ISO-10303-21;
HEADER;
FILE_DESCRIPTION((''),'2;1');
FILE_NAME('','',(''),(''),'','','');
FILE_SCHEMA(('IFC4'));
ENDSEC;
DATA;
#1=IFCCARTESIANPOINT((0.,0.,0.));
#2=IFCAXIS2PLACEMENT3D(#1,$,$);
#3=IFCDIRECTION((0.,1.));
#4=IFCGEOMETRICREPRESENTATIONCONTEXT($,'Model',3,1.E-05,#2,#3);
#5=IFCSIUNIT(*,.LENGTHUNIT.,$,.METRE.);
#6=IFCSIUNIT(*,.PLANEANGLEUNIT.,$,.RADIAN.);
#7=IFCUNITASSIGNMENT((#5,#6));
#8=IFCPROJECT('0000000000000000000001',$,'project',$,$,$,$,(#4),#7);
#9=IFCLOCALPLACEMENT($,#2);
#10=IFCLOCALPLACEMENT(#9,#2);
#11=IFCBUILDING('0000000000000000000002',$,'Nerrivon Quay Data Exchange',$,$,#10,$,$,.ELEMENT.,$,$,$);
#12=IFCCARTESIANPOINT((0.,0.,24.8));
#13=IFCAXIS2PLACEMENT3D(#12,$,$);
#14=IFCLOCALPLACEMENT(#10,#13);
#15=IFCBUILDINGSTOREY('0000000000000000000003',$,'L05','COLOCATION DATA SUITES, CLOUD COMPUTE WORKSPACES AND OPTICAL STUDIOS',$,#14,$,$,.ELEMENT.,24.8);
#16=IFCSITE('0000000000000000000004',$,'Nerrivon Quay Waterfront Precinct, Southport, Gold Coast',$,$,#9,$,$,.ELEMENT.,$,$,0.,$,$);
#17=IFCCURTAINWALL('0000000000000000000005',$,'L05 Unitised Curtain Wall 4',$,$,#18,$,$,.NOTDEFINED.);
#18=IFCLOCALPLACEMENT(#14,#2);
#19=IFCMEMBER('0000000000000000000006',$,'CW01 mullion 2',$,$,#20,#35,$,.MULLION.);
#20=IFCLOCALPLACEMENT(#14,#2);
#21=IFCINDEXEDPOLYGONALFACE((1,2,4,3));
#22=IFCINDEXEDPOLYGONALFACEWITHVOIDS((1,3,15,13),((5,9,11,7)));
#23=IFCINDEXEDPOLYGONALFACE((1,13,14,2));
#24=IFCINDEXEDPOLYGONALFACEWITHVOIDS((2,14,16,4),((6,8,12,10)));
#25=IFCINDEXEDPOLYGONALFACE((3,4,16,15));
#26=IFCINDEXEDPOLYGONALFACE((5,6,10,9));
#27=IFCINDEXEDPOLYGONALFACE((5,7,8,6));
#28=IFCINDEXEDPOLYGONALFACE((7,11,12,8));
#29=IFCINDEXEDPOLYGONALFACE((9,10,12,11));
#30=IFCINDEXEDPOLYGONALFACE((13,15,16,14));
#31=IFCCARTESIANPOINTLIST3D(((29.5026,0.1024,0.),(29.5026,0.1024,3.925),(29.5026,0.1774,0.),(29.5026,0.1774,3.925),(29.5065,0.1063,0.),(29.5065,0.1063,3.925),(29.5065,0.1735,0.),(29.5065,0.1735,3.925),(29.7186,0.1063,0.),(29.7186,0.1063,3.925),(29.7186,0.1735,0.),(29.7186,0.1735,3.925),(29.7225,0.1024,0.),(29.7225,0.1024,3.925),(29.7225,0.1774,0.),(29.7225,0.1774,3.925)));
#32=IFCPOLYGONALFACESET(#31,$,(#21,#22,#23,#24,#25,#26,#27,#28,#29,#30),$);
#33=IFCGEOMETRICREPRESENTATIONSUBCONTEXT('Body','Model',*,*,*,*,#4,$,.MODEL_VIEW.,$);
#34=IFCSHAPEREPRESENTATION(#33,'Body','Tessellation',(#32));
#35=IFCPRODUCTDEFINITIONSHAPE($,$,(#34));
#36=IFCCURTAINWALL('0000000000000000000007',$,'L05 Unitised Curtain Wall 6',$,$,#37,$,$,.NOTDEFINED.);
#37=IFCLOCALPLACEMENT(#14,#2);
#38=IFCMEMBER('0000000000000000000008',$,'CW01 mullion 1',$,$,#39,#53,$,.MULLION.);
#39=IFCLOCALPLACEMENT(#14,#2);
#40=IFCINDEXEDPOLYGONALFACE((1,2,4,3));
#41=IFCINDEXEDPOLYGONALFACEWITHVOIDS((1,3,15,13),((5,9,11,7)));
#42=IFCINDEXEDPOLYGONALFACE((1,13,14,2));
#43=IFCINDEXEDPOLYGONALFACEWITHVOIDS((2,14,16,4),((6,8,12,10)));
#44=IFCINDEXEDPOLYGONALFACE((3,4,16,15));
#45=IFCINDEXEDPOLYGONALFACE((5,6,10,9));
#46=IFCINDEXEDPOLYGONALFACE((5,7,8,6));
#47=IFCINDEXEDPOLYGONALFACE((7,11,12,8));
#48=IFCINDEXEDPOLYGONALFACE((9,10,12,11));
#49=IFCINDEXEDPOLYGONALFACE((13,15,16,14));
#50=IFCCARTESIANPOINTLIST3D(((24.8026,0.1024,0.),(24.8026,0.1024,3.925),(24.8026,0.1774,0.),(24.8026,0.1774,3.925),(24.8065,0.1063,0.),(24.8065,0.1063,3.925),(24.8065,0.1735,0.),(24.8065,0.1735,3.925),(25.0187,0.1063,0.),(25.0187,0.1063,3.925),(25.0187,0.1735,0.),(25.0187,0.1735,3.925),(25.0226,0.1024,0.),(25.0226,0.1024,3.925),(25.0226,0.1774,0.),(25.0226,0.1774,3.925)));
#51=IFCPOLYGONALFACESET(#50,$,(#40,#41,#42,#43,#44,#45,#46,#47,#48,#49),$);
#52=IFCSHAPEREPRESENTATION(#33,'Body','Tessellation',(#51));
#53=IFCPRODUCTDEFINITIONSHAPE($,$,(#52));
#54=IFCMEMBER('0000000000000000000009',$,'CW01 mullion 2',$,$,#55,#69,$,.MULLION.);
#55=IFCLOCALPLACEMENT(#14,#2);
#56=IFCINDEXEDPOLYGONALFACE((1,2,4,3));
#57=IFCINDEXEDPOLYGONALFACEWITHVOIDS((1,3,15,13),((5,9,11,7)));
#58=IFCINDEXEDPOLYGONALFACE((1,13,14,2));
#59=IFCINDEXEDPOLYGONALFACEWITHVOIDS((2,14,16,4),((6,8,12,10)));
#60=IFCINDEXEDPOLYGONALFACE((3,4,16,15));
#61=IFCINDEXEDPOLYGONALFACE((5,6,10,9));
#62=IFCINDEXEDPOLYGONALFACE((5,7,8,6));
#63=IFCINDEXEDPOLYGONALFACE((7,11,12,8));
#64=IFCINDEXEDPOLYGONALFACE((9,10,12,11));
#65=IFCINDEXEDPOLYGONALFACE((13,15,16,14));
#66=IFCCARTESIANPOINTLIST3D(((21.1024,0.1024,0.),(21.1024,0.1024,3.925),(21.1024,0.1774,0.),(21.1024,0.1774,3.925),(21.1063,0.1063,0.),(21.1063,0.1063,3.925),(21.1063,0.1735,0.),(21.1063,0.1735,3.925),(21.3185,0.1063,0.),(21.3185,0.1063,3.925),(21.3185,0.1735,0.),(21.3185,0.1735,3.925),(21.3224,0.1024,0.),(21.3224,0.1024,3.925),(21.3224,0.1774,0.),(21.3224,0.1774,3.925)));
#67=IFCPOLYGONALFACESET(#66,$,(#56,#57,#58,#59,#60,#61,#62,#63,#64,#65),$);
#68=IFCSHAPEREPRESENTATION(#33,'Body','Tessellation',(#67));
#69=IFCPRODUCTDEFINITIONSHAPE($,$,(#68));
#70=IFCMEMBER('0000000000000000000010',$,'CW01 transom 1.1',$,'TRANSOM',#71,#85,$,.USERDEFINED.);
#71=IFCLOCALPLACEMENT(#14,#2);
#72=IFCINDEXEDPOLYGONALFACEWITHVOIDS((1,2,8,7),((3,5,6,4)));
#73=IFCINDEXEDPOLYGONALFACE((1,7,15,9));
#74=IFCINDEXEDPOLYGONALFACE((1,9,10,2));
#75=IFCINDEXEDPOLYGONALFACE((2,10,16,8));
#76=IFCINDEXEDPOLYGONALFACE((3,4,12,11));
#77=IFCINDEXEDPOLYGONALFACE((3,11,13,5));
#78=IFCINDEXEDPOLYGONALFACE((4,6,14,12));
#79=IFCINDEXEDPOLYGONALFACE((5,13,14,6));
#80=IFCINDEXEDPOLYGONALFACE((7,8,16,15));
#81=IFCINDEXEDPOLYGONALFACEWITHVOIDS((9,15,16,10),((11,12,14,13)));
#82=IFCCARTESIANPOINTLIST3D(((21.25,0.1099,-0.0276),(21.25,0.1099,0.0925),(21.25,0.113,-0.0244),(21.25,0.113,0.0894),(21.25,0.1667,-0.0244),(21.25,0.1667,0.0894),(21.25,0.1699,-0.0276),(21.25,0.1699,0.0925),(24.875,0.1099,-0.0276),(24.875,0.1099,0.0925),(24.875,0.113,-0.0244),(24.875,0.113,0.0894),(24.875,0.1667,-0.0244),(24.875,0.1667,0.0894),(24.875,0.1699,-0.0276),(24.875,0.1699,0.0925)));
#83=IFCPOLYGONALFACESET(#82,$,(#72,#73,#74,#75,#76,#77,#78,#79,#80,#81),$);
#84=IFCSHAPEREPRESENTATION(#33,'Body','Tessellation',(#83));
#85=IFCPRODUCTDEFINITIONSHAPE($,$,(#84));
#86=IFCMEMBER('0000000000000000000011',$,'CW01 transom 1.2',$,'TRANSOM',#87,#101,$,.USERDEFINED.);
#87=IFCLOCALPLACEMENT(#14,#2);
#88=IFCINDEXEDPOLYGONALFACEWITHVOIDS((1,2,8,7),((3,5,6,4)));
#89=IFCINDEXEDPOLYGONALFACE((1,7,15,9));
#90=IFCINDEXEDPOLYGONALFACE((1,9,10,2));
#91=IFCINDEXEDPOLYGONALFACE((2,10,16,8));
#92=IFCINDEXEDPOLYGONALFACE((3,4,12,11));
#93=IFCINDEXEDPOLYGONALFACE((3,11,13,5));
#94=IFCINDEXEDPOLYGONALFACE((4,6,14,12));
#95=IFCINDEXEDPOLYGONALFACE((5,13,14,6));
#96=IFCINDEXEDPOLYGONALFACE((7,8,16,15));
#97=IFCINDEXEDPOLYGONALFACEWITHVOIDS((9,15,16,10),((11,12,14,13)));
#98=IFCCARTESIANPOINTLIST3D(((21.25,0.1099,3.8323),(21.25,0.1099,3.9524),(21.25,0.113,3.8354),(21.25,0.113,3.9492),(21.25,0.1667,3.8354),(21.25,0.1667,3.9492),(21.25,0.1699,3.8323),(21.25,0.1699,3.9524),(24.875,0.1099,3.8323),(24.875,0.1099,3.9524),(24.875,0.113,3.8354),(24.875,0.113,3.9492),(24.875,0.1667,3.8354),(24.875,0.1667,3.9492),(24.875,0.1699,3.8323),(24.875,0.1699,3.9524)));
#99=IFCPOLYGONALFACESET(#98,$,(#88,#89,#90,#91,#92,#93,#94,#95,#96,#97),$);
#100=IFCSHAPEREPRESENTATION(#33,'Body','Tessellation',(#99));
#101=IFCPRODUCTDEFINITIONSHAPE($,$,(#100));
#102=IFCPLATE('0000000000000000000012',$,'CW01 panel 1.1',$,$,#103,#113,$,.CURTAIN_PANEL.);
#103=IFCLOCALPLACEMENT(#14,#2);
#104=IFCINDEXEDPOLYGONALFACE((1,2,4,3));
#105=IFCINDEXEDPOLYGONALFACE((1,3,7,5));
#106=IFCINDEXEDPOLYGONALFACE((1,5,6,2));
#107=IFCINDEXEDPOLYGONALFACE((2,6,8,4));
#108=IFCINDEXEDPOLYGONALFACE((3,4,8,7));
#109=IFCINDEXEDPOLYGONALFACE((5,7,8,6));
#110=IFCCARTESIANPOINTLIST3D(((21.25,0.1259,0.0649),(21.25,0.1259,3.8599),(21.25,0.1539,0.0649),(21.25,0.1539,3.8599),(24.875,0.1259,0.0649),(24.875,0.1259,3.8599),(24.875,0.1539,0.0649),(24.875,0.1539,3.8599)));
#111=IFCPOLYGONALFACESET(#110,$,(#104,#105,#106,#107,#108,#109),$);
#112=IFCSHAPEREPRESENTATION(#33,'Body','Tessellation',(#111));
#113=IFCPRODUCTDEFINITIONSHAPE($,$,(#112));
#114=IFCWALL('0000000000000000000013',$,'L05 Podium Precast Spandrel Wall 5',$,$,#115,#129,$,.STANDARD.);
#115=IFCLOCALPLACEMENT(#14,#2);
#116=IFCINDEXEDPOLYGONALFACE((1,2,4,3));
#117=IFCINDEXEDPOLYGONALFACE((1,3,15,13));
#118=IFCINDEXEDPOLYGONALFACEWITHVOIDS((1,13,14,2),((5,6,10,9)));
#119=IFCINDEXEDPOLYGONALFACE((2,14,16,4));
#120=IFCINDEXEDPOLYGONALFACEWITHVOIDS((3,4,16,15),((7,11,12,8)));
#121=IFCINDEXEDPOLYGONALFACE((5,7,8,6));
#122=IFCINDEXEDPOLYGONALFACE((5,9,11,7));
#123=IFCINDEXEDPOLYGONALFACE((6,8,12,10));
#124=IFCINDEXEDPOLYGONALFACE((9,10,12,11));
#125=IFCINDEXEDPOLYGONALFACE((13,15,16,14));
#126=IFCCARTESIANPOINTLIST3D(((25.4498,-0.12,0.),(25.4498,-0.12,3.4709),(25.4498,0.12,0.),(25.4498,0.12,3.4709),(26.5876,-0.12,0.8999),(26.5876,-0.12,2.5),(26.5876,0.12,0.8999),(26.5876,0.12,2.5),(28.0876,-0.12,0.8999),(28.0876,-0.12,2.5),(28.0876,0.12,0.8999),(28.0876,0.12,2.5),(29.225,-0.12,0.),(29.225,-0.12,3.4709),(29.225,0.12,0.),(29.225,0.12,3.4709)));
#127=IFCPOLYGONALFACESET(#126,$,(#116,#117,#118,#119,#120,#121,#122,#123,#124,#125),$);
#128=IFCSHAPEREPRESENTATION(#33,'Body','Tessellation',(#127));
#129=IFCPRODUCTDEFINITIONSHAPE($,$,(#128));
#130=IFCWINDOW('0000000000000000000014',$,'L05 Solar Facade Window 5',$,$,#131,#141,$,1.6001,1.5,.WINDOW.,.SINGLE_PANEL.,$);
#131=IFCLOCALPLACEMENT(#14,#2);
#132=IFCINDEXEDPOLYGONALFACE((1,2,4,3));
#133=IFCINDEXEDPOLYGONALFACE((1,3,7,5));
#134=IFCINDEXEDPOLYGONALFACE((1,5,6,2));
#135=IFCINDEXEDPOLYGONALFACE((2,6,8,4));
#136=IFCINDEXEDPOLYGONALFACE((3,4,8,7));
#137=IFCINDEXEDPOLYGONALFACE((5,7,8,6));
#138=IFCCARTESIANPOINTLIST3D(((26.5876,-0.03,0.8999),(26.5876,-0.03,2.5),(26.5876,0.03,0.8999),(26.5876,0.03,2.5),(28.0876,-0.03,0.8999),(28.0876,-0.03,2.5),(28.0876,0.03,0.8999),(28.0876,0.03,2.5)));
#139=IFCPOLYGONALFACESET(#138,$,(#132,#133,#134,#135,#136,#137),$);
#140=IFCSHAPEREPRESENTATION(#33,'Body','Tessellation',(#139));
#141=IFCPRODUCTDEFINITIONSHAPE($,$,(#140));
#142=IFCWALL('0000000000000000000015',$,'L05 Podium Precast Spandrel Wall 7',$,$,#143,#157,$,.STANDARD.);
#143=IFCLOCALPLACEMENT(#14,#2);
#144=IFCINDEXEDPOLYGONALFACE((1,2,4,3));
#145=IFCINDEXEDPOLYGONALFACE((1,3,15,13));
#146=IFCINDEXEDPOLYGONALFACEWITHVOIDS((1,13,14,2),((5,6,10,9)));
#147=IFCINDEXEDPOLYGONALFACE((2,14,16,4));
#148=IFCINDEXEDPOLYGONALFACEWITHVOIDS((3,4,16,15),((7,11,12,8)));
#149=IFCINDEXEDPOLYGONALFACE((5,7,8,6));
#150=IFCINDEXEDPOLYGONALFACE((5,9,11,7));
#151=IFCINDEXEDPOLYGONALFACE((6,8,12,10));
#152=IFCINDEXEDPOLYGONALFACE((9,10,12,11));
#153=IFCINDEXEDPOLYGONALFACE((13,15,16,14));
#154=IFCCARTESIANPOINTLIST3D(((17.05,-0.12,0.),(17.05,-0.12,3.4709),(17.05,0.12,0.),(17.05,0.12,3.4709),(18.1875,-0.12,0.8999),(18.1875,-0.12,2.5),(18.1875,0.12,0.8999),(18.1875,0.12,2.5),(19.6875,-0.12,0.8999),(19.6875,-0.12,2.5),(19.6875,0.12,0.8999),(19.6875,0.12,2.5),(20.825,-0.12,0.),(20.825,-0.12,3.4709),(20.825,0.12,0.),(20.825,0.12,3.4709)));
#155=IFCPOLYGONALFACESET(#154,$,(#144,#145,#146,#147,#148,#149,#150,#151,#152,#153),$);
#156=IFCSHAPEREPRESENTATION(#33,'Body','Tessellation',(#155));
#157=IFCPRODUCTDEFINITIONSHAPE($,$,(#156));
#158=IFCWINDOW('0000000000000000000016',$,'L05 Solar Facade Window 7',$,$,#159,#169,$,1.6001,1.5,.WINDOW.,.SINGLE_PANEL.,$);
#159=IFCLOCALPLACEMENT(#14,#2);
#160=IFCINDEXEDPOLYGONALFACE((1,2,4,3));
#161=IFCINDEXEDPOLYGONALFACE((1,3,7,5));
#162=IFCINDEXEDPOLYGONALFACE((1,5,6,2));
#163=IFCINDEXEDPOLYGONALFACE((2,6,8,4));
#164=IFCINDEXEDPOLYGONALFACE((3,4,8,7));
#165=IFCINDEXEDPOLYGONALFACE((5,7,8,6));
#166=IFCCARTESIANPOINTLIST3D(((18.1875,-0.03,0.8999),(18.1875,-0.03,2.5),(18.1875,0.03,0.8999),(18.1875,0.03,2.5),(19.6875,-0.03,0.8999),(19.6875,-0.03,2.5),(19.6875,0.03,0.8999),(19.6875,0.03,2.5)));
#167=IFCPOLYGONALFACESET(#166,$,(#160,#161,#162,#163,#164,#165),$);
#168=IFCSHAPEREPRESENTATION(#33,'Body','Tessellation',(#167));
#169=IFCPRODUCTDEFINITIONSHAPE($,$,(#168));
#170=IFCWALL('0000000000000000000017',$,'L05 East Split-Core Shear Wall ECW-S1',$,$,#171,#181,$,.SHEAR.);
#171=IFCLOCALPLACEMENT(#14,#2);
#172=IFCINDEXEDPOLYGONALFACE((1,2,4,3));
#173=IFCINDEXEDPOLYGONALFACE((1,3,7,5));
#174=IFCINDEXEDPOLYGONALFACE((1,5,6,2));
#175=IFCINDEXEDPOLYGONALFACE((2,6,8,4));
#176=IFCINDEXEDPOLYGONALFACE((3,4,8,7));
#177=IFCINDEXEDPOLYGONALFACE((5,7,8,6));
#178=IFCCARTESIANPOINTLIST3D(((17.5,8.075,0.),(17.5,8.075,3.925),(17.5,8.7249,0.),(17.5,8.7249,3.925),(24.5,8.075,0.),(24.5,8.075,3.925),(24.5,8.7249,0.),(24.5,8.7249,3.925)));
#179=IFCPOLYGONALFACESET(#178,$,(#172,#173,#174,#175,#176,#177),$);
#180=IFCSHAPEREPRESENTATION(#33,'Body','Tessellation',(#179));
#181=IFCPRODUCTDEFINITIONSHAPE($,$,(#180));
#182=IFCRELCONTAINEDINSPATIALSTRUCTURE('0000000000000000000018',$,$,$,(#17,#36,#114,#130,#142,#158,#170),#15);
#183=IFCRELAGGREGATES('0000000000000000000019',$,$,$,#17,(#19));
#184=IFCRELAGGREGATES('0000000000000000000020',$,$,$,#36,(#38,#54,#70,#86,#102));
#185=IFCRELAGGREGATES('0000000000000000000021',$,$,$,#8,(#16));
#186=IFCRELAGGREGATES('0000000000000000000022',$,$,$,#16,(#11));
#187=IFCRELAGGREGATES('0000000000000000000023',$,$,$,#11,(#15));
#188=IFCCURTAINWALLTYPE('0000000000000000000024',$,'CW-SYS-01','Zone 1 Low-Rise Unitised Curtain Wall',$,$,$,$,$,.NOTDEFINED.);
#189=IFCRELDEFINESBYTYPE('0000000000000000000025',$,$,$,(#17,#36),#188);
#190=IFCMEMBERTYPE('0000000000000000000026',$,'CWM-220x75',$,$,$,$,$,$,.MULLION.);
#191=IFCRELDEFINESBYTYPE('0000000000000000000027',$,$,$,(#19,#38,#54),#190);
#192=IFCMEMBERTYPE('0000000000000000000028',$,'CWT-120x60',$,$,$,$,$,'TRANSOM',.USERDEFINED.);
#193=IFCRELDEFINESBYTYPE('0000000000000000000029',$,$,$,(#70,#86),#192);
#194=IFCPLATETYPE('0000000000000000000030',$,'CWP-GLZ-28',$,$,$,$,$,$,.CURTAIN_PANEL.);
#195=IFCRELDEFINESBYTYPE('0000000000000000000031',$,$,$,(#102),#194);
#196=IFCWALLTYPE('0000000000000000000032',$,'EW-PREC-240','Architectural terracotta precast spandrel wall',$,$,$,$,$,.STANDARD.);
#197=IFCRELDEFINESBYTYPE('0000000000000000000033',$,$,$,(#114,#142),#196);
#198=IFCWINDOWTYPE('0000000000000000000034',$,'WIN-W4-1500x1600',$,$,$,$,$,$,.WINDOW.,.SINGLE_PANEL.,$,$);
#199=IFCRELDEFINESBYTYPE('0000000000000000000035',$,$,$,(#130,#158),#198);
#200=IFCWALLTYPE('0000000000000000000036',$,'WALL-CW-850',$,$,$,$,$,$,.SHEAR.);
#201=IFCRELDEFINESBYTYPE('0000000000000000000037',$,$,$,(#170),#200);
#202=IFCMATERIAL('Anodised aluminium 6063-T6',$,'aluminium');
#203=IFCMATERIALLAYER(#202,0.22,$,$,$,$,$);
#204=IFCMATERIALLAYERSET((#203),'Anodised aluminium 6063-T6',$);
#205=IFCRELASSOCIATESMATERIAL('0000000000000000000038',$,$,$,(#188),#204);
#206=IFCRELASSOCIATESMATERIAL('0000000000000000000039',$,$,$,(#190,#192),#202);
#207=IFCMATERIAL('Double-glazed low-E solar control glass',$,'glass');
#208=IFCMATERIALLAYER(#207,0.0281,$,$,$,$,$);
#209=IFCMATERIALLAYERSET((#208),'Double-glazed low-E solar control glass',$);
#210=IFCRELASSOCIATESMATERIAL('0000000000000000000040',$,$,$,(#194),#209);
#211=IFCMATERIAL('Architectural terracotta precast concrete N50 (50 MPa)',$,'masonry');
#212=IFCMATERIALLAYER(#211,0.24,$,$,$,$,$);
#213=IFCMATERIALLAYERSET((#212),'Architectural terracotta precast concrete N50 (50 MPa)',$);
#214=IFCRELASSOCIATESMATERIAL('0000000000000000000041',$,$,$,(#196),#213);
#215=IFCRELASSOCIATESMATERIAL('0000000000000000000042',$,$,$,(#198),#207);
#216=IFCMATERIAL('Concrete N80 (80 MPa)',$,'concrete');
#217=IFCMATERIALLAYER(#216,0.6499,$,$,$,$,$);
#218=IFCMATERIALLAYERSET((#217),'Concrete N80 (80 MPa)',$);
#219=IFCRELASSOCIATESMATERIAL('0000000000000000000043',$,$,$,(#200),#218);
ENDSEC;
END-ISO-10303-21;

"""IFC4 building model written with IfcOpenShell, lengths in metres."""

from ifc_helpers import new_model, si_unit, direction, frame, frame_2d, origin, origin_2d, place, context, subcontext, project, spatial, rectangle, hollow_rectangle, extrude, material, layer, layer_set, material_profile, profile_set, type_object, element, fill, aggregate, save


model = new_model("IFC4")

# Units and contexts
model_context = context("Model", 3, precision=1e-05, world=origin(), true_north=direction((0.0, 1.0)))
body_context = subcontext(model_context, "Body", "Model", "MODEL_VIEW")
ifc_project = project(units=[si_unit("LENGTHUNIT", "METRE"), si_unit("PLANEANGLEUNIT", "RADIAN")], contexts=[model_context])

# Site, building, storey
site_placement = place(None, origin())
site = spatial("IfcSite", under=ifc_project, at=site_placement, Name="Nerrivon Quay Waterfront Precinct, Southport, Gold Coast", CompositionType="ELEMENT", RefElevation=0.0)
building_placement = place(site_placement, origin())
building = spatial("IfcBuilding", under=site, at=building_placement, Name="Nerrivon Quay Data Exchange", CompositionType="ELEMENT")
storey_placement = place(building_placement, frame((0.0, 0.0, 24.8)))
storey = spatial("IfcBuildingStorey", under=building, at=storey_placement, Name="L05", Description="COLOCATION DATA SUITES, CLOUD COMPUTE WORKSPACES AND OPTICAL STUDIOS", CompositionType="ELEMENT", Elevation=24.8)

# Shared definitions
ifc_material_1 = material(Name="Concrete N80 (80 MPa)", Category="concrete")

# Curtain wall, member
ifc_material_2 = material(Name="Anodised aluminium 6063-T6", Category="aluminium")
ifc_layer_1 = layer(ifc_material_2, 0.22)
ifc_layer_set_1 = layer_set([ifc_layer_1], Name="Anodised aluminium 6063-T6")
curtain_wall_type = type_object("IfcCurtainWallType", Name="CW-SYS-01", Description="Zone 1 Low-Rise Unitised Curtain Wall", PredefinedType="NOTDEFINED", material=ifc_layer_set_1)
curtain_wall_1_placement = place(storey_placement, origin())
curtain_wall_1 = element("IfcCurtainWall", 1, at=curtain_wall_1_placement, inside=storey, type_object=curtain_wall_type, Name="L05 Unitised Curtain Wall 4", PredefinedType="NOTDEFINED")
ifc_material_profile_1 = material_profile(ifc_material_2, hollow_rectangle(XDim=0.075, YDim=0.22, WallThickness=0.0039, at=origin_2d()), Name="ALU-MULL-220x75")
ifc_profile_set_1 = profile_set([ifc_material_profile_1], Name="Anodised aluminium 6063-T6")
member_type_1 = type_object("IfcMemberType", Name="CWM-220x75", PredefinedType="MULLION", material=ifc_profile_set_1)
member_1_placement = place(storey_placement, frame((29.6125, 0.1399, 0.0), z_axis=(0.0, 0.0, 1.0), x_axis=(0.0, -1.0, 0.0)))
member_1 = element("IfcMember", 2, at=member_1_placement, type_object=member_type_1, Name="CW01 mullion 2", PredefinedType="MULLION", context=body_context, shape_type="SweptSolid", body=[
    extrude(hollow_rectangle(XDim=0.075, YDim=0.22, WallThickness=0.0039, at=origin_2d()), origin(), (0.0, 0.0, 1.0), 3.925),
])
aggregate(curtain_wall_1, [member_1])

# Curtain wall, members, plate
curtain_wall_2_placement = place(storey_placement, origin())
curtain_wall_2 = element("IfcCurtainWall", 3, at=curtain_wall_2_placement, inside=storey, type_object=curtain_wall_type, Name="L05 Unitised Curtain Wall 6", PredefinedType="NOTDEFINED")
member_2_placement = place(storey_placement, frame((24.9126, 0.1399, 0.0), z_axis=(0.0, 0.0, 1.0), x_axis=(0.0, -1.0, 0.0)))
member_2 = element("IfcMember", 4, at=member_2_placement, type_object=member_type_1, Name="CW01 mullion 1", PredefinedType="MULLION", context=body_context, shape_type="SweptSolid", body=[
    extrude(hollow_rectangle(XDim=0.075, YDim=0.22, WallThickness=0.0039, at=origin_2d()), origin(), (0.0, 0.0, 1.0), 3.925),
])
member_3_placement = place(storey_placement, frame((21.2124, 0.1399, 0.0), z_axis=(0.0, 0.0, 1.0), x_axis=(0.0, -1.0, 0.0)))
member_3 = element("IfcMember", 5, at=member_3_placement, type_object=member_type_1, Name="CW01 mullion 2", PredefinedType="MULLION", context=body_context, shape_type="SweptSolid", body=[
    extrude(hollow_rectangle(XDim=0.075, YDim=0.22, WallThickness=0.0039, at=origin_2d()), origin(), (0.0, 0.0, 1.0), 3.925),
])
ifc_material_profile_2 = material_profile(ifc_material_2, hollow_rectangle(XDim=0.0601, YDim=0.1201, WallThickness=0.0032, at=origin_2d()), Name="ALU-TRAN-120x60")
ifc_profile_set_2 = profile_set([ifc_material_profile_2], Name="Anodised aluminium 6063-T6")
member_type_2 = type_object("IfcMemberType", Name="CWT-120x60", ElementType="TRANSOM", PredefinedType="USERDEFINED", material=ifc_profile_set_2)
member_4_placement = place(storey_placement, frame((24.875, 0.1399, 0.0325), z_axis=(-1.0, 0.0, 0.0), x_axis=(0.0, -1.0, 0.0)))
member_4 = element("IfcMember", 6, at=member_4_placement, type_object=member_type_2, Name="CW01 transom 1.1", ObjectType="TRANSOM", PredefinedType="USERDEFINED", context=body_context, shape_type="SweptSolid", body=[
    extrude(hollow_rectangle(XDim=0.0601, YDim=0.1201, WallThickness=0.0032, at=origin_2d()), origin(), (0.0, 0.0, 1.0), 3.625),
])
member_5_placement = place(storey_placement, frame((24.875, 0.1399, 3.8923), z_axis=(-1.0, 0.0, 0.0), x_axis=(0.0, -1.0, 0.0)))
member_5 = element("IfcMember", 7, at=member_5_placement, type_object=member_type_2, Name="CW01 transom 1.2", ObjectType="TRANSOM", PredefinedType="USERDEFINED", context=body_context, shape_type="SweptSolid", body=[
    extrude(hollow_rectangle(XDim=0.0601, YDim=0.1201, WallThickness=0.0032, at=origin_2d()), origin(), (0.0, 0.0, 1.0), 3.625),
])
ifc_material_3 = material(Name="Double-glazed low-E solar control glass", Category="glass")
ifc_layer_2 = layer(ifc_material_3, 0.0281)
ifc_layer_set_2 = layer_set([ifc_layer_2], Name="Double-glazed low-E solar control glass")
plate_type = type_object("IfcPlateType", Name="CWP-GLZ-28", PredefinedType="CURTAIN_PANEL", material=ifc_layer_set_2)
plate_placement = place(storey_placement, frame((23.0625, 0.1399, 0.0649), z_axis=(0.0, 0.0, 1.0), x_axis=(-1.0, 0.0, 0.0)))
plate = element("IfcPlate", 8, at=plate_placement, type_object=plate_type, Name="CW01 panel 1.1", PredefinedType="CURTAIN_PANEL", context=body_context, shape_type="SweptSolid", body=[
    extrude(rectangle(XDim=3.625, YDim=0.0281, at=origin_2d()), origin(), (0.0, 0.0, 1.0), 3.7949),
])
aggregate(curtain_wall_2, [member_2, member_3, member_4, member_5, plate])

# Walls, openings, windows
ifc_material_4 = material(Name="Architectural terracotta precast concrete N50 (50 MPa)", Category="masonry")
ifc_layer_3 = layer(ifc_material_4, 0.24)
ifc_layer_set_3 = layer_set([ifc_layer_3], Name="Architectural terracotta precast concrete N50 (50 MPa)")
wall_type_1 = type_object("IfcWallType", Name="EW-PREC-240", Description="Architectural terracotta precast spandrel wall", PredefinedType="STANDARD", material=ifc_layer_set_3)
wall_1_placement = place(storey_placement, frame((29.2251, 0.0, 0.0), z_axis=(0.0, 0.0, 1.0), x_axis=(-1.0, 0.0, 0.0)))
wall_1 = element("IfcWall", 9, at=wall_1_placement, inside=storey, type_object=wall_type_1, Name="L05 Podium Precast Spandrel Wall 5", PredefinedType="STANDARD", context=body_context, shape_type="SweptSolid", body=[
    extrude(rectangle(XDim=3.7751, YDim=0.24, at=frame_2d((1.8877, 0.0))), origin(), (0.0, 0.0, 1.0), 3.4709),
])
opening_1_placement = place(wall_1_placement, frame((1.1375, 0.0, 0.8999)))
opening_1 = element("IfcOpeningElement", 10, at=opening_1_placement, cuts=wall_1, PredefinedType="OPENING", context=body_context, shape_type="SweptSolid", body=[
    extrude(rectangle(XDim=1.5, YDim=1.6001, at=frame_2d((0.75, 0.8))), frame((0.0, 0.1299, 0.0), z_axis=(0.0, -1.0, 0.0), x_axis=(1.0, 0.0, 0.0)), (0.0, 0.0, 1.0), 0.26),
])
window_type = type_object("IfcWindowType", Name="WIN-W4-1500x1600", PartitioningType="SINGLE_PANEL", PredefinedType="WINDOW", material=ifc_material_3)
window_1_placement = place(opening_1_placement, origin())
window_1 = element("IfcWindow", 11, at=window_1_placement, inside=storey, type_object=window_type, Name="L05 Solar Facade Window 5", OverallHeight=1.6001, OverallWidth=1.5, PartitioningType="SINGLE_PANEL", PredefinedType="WINDOW", context=body_context, shape_type="SweptSolid", body=[
    extrude(rectangle(XDim=1.5, YDim=1.6001, at=frame_2d((0.75, 0.8))), frame((0.0, 0.03, 0.0), z_axis=(0.0, -1.0, 0.0), x_axis=(1.0, 0.0, 0.0)), (0.0, 0.0, 1.0), 0.0601),
])
fill(opening_1, window_1)
wall_2_placement = place(storey_placement, frame((20.825, 0.0, 0.0), z_axis=(0.0, 0.0, 1.0), x_axis=(-1.0, 0.0, 0.0)))
wall_2 = element("IfcWall", 12, at=wall_2_placement, inside=storey, type_object=wall_type_1, Name="L05 Podium Precast Spandrel Wall 7", PredefinedType="STANDARD", context=body_context, shape_type="SweptSolid", body=[
    extrude(rectangle(XDim=3.7749, YDim=0.24, at=frame_2d((1.8875, 0.0))), origin(), (0.0, 0.0, 1.0), 3.4709),
])
opening_2_placement = place(wall_2_placement, frame((1.1375, 0.0, 0.8999)))
opening_2 = element("IfcOpeningElement", 13, at=opening_2_placement, cuts=wall_2, PredefinedType="OPENING", context=body_context, shape_type="SweptSolid", body=[
    extrude(rectangle(XDim=1.5, YDim=1.6001, at=frame_2d((0.75, 0.8))), frame((0.0, 0.1299, 0.0), z_axis=(0.0, -1.0, 0.0), x_axis=(1.0, 0.0, 0.0)), (0.0, 0.0, 1.0), 0.26),
])
window_2_placement = place(opening_2_placement, origin())
window_2 = element("IfcWindow", 14, at=window_2_placement, inside=storey, type_object=window_type, Name="L05 Solar Facade Window 7", OverallHeight=1.6001, OverallWidth=1.5, PartitioningType="SINGLE_PANEL", PredefinedType="WINDOW", context=body_context, shape_type="SweptSolid", body=[
    extrude(rectangle(XDim=1.5, YDim=1.6001, at=frame_2d((0.75, 0.8))), frame((0.0, 0.03, 0.0), z_axis=(0.0, -1.0, 0.0), x_axis=(1.0, 0.0, 0.0)), (0.0, 0.0, 1.0), 0.0601),
])
fill(opening_2, window_2)

# Wall
ifc_layer_4 = layer(ifc_material_1, 0.6499)
ifc_layer_set_4 = layer_set([ifc_layer_4], Name="Concrete N80 (80 MPa)")
wall_type_2 = type_object("IfcWallType", Name="WALL-CW-850", PredefinedType="SHEAR", material=ifc_layer_set_4)
for number, where, z_axis, x_axis, name in (
    (15, (17.5, 8.3999, 0.0), (0.0, 0.0, 1.0), (1.0, 0.0, 0.0), "L05 East Split-Core Shear Wall ECW-S1"),
):
    element("IfcWall", number, at=place(storey_placement, frame(where, z_axis=z_axis, x_axis=x_axis)), inside=storey, type_object=wall_type_2, Name=name, PredefinedType="SHEAR", context=body_context, shape_type="SweptSolid", body=[
        extrude(rectangle(XDim=7.0, YDim=0.6499, at=frame_2d((3.5, 0.0))), origin(), (0.0, 0.0, 1.0), 3.925),
    ])

save(model, "model.ifc")
